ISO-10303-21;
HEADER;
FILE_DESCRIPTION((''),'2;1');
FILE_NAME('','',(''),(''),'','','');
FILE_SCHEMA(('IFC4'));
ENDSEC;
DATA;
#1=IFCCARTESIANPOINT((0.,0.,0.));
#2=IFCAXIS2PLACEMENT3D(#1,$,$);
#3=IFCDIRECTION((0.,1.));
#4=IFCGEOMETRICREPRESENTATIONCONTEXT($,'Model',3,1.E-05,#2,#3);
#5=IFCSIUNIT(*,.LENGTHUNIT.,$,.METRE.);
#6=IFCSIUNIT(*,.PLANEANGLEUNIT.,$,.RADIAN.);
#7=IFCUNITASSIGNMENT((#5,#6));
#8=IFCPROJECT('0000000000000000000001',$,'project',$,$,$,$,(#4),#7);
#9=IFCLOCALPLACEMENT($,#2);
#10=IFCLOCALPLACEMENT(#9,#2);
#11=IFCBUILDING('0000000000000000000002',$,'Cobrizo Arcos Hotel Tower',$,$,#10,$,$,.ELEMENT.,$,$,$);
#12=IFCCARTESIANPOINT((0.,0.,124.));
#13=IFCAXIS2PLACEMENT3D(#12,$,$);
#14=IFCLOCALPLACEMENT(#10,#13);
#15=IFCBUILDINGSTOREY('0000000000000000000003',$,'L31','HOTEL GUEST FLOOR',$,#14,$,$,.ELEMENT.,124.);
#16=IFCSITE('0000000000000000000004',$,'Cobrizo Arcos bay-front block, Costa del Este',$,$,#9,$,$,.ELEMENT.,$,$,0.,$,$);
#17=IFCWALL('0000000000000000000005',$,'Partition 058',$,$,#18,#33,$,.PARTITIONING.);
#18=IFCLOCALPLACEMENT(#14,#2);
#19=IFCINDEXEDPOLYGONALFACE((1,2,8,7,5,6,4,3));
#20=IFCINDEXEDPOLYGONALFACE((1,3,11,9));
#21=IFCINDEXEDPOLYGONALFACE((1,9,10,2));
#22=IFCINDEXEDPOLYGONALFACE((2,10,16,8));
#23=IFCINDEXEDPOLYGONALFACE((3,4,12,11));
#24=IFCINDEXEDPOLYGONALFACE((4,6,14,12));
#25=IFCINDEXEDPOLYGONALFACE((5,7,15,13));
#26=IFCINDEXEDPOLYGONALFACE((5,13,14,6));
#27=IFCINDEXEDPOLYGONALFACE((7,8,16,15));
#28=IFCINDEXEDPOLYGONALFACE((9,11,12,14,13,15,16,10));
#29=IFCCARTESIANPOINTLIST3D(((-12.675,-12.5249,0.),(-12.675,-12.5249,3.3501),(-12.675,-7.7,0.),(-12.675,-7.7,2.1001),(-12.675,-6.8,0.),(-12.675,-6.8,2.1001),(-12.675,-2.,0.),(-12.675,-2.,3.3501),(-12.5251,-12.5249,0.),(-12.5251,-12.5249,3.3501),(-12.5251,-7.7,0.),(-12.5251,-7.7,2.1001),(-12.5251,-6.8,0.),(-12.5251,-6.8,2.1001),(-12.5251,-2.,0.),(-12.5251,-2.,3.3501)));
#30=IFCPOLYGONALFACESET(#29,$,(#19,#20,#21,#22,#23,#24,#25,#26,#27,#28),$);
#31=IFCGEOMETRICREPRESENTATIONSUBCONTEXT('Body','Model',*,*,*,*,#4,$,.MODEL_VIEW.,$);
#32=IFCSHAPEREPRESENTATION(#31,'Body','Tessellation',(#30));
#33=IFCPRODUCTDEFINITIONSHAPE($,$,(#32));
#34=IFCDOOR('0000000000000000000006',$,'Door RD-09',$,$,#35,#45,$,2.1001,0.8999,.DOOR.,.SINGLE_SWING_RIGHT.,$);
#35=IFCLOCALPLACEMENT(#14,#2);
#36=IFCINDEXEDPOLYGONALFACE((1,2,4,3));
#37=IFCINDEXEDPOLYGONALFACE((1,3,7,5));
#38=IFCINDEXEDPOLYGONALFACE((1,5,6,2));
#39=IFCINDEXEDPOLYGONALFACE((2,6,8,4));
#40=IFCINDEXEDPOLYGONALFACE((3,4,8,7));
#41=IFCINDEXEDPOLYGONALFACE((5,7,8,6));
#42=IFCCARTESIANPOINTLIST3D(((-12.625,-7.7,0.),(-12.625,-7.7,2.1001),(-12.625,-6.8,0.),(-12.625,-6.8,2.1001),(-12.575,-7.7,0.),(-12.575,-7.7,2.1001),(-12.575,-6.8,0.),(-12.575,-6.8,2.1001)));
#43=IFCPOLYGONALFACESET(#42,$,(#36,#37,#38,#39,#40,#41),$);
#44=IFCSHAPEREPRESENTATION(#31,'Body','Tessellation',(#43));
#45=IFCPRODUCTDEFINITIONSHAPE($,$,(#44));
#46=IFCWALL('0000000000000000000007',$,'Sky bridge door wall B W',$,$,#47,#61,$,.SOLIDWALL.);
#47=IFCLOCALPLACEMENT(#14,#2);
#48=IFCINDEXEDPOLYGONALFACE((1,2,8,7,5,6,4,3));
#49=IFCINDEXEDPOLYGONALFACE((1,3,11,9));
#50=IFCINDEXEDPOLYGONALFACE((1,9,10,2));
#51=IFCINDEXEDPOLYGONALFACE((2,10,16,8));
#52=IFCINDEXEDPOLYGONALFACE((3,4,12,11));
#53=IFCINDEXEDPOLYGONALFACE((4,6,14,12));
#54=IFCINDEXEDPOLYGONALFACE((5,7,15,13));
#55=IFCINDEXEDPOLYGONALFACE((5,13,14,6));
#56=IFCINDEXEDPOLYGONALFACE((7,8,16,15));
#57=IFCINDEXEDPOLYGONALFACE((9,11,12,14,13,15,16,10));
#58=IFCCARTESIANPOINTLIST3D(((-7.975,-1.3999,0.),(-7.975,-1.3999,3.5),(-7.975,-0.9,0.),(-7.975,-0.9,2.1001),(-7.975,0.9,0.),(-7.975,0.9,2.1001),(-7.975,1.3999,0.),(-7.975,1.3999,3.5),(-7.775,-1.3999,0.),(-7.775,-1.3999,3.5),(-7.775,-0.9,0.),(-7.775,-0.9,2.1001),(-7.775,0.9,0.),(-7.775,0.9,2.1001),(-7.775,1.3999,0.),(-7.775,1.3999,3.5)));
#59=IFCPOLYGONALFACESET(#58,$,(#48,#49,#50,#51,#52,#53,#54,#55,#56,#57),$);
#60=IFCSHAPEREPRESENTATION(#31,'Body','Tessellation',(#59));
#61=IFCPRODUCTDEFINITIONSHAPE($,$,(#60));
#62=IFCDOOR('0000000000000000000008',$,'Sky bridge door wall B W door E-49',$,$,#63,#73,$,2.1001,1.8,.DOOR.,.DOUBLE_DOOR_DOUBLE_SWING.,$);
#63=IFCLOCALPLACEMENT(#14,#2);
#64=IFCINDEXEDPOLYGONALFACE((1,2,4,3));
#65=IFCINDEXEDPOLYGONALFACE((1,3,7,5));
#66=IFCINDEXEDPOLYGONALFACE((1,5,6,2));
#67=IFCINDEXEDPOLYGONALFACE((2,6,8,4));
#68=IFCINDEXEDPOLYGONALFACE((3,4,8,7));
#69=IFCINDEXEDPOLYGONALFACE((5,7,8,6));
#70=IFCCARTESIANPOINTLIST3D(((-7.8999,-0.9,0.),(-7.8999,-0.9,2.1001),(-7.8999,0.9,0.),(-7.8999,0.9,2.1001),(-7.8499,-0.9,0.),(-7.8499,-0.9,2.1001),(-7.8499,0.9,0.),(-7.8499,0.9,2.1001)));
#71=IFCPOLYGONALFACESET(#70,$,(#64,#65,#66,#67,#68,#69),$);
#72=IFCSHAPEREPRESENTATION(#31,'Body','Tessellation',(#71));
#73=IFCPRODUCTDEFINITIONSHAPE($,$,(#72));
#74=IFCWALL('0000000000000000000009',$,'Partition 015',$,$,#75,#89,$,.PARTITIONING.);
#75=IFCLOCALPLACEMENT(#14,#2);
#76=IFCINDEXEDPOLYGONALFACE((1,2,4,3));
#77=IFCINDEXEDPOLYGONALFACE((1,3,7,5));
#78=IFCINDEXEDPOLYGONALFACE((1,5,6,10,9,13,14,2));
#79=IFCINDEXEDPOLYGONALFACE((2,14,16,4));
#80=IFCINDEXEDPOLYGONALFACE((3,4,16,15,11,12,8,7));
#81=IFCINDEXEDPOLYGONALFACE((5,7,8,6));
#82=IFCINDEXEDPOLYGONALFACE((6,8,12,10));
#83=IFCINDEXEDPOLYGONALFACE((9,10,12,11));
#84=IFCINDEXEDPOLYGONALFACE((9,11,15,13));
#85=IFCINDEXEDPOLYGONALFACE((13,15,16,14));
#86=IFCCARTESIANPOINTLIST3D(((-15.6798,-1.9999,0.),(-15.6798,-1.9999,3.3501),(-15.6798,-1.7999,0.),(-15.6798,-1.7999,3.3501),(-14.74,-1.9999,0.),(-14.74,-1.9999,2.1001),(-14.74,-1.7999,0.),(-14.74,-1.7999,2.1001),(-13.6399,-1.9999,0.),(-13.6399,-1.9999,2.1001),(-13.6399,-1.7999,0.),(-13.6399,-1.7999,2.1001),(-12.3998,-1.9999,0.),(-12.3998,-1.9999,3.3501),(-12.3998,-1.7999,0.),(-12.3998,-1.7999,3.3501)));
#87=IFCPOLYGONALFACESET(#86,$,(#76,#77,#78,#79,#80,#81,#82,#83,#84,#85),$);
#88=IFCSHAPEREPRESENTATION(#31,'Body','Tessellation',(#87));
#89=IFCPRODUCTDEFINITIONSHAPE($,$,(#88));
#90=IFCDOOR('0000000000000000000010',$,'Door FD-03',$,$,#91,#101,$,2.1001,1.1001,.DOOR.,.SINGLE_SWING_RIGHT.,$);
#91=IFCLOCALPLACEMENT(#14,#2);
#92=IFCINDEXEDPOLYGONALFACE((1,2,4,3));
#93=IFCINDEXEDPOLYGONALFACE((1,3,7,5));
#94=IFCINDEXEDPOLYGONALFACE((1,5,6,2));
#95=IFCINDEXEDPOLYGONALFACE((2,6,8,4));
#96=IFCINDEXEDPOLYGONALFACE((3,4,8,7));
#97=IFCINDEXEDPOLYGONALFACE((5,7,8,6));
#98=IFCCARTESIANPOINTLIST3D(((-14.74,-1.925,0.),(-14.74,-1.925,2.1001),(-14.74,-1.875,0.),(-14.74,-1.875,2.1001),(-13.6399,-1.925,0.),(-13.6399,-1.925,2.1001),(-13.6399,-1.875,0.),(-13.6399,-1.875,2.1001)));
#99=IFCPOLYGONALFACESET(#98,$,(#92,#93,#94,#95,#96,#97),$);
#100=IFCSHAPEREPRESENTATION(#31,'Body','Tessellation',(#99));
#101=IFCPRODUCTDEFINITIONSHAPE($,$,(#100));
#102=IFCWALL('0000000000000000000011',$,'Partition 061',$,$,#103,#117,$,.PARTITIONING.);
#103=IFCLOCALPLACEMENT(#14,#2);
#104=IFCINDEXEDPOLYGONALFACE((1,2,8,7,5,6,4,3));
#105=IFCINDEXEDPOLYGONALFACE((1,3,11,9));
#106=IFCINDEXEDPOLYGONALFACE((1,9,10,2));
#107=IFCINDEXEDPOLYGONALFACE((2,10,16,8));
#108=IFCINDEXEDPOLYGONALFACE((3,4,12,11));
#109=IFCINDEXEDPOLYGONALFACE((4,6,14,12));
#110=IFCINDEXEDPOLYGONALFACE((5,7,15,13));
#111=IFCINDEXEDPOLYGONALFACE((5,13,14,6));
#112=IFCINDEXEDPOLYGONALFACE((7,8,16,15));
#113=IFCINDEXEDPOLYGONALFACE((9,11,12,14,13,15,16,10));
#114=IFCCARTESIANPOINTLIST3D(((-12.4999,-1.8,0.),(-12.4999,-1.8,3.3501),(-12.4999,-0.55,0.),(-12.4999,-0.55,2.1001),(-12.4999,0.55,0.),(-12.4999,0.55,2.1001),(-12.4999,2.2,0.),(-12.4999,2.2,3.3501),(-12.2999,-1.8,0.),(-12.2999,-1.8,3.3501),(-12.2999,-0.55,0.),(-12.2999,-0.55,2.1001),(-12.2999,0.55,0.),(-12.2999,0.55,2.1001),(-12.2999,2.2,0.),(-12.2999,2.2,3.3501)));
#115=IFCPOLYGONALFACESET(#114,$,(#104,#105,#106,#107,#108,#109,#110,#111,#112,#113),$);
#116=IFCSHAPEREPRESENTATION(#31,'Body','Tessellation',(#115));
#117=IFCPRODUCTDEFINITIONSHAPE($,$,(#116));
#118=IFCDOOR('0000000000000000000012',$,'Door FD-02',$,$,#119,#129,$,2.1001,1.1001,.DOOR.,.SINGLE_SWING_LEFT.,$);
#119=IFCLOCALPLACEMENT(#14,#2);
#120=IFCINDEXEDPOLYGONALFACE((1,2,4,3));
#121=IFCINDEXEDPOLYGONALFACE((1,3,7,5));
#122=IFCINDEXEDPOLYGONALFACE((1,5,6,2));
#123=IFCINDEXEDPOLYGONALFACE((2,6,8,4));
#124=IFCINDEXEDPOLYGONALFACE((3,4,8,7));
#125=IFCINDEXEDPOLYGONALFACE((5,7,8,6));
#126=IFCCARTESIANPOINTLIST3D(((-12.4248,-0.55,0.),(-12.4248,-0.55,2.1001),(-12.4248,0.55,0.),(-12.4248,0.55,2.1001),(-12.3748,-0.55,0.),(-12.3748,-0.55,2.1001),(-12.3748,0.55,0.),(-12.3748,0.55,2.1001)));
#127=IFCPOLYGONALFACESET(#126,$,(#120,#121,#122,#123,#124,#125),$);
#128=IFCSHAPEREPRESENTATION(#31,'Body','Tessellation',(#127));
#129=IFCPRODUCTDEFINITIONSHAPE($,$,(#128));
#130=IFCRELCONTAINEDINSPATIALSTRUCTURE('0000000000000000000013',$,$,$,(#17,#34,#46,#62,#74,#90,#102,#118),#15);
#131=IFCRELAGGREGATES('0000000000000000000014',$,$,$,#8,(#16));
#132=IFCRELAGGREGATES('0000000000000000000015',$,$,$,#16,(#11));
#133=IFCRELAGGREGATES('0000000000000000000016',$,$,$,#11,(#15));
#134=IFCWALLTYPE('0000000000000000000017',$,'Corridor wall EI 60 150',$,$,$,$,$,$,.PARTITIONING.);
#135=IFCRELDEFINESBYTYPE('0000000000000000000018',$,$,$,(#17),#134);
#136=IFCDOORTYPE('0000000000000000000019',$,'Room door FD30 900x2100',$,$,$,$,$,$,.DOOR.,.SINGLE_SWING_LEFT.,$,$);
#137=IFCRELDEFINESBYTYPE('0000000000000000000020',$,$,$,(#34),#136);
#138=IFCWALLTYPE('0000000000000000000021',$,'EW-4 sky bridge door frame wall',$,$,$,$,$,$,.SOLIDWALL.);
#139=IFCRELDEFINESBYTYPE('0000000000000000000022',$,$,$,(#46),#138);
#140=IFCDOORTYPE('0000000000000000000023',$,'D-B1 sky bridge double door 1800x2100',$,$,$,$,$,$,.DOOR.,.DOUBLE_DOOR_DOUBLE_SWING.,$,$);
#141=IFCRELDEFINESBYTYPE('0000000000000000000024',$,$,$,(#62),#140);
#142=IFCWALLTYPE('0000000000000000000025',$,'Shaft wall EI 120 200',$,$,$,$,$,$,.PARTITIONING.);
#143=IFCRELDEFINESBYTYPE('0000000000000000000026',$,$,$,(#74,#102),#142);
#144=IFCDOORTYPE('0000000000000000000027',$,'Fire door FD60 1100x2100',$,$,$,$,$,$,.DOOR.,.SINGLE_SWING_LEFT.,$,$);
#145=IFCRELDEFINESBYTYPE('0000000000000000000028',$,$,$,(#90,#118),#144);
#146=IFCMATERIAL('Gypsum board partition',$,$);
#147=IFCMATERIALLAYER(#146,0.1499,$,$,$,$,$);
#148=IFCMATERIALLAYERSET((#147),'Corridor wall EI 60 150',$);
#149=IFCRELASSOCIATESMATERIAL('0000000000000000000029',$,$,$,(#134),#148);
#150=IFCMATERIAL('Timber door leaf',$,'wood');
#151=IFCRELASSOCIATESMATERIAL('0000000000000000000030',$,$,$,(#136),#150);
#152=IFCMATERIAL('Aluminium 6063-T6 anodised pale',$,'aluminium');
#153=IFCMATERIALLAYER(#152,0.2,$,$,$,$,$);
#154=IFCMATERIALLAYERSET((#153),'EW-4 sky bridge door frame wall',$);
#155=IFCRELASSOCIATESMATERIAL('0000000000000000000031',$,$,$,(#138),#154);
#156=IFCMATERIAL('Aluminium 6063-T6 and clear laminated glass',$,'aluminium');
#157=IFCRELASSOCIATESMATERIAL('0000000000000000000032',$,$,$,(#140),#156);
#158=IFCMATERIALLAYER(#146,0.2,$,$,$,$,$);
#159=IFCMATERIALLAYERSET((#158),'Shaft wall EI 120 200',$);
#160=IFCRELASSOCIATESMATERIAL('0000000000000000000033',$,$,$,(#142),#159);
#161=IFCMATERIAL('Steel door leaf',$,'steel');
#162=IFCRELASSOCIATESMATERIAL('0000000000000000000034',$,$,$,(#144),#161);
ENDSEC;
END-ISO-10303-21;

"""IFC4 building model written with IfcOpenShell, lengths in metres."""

from ifc_helpers import new_model, si_unit, direction, frame, frame_2d, origin, place, context, subcontext, project, spatial, rectangle, extrude, material, layer, layer_set, type_object, element, fill, save


model = new_model("IFC4")

# Units and contexts
model_context = context("Model", 3, precision=1e-05, world=origin(), true_north=direction((0.0, 1.0)))
body_context = subcontext(model_context, "Body", "Model", "MODEL_VIEW")
ifc_project = project(units=[si_unit("LENGTHUNIT", "METRE"), si_unit("PLANEANGLEUNIT", "RADIAN")], contexts=[model_context])

# Site, building, storey
site_placement = place(None, origin())
site = spatial("IfcSite", under=ifc_project, at=site_placement, Name="Cobrizo Arcos bay-front block, Costa del Este", CompositionType="ELEMENT", RefElevation=0.0)
building_placement = place(site_placement, origin())
building = spatial("IfcBuilding", under=site, at=building_placement, Name="Cobrizo Arcos Hotel Tower", CompositionType="ELEMENT")
storey_placement = place(building_placement, frame((0.0, 0.0, 124.0)))
storey = spatial("IfcBuildingStorey", under=building, at=storey_placement, Name="L31", Description="HOTEL GUEST FLOOR", CompositionType="ELEMENT", Elevation=124.0)

# Shared definitions
ifc_material_1 = material(Name="Gypsum board partition")
ifc_layer_1 = layer(ifc_material_1, 0.1499)
ifc_layer_set_1 = layer_set([ifc_layer_1], Name="Corridor wall EI 60 150")
wall_type_1 = type_object("IfcWallType", Name="Corridor wall EI 60 150", PredefinedType="PARTITIONING", material=ifc_layer_set_1)

# Walls, openings, doors
wall_1_placement = place(storey_placement, frame((-12.6001, -12.5249, 0.0), z_axis=(0.0, 0.0, 1.0), x_axis=(0.0, 1.0, 0.0)))
wall_1 = element("IfcWall", 1, at=wall_1_placement, inside=storey, type_object=wall_type_1, Name="Partition 058", PredefinedType="PARTITIONING", context=body_context, shape_type="SweptSolid", body=[
    extrude(rectangle(XDim=10.5249, YDim=0.1499, at=frame_2d((5.2625, 0.0))), origin(), (0.0, 0.0, 1.0), 3.3501),
])
opening_1_placement = place(wall_1_placement, frame((4.825, 0.0, 0.0)))
opening_1 = element("IfcOpeningElement", 2, at=opening_1_placement, cuts=wall_1, PredefinedType="OPENING", context=body_context, shape_type="SweptSolid", body=[
    extrude(rectangle(XDim=0.8999, YDim=2.1001, at=frame_2d((0.45, 1.05))), frame((0.0, 0.0869, 0.0), z_axis=(0.0, -1.0, 0.0), x_axis=(1.0, 0.0, 0.0)), (0.0, 0.0, 1.0), 0.1738),
])
ifc_material_2 = material(Name="Timber door leaf", Category="wood")
door_type_1 = type_object("IfcDoorType", Name="Room door FD30 900x2100", OperationType="SINGLE_SWING_LEFT", PredefinedType="DOOR", material=ifc_material_2)
door_1_placement = place(opening_1_placement, origin())
door_1 = element("IfcDoor", 3, at=door_1_placement, inside=storey, type_object=door_type_1, Name="Door RD-09", OperationType="SINGLE_SWING_RIGHT", OverallHeight=2.1001, OverallWidth=0.8999, PredefinedType="DOOR", context=body_context, shape_type="SweptSolid", body=[
    extrude(rectangle(XDim=0.8999, YDim=2.1001, at=frame_2d((0.45, 1.05))), frame((0.0, 0.0249, 0.0), z_axis=(0.0, -1.0, 0.0), x_axis=(1.0, 0.0, 0.0)), (0.0, 0.0, 1.0), 0.05),
])
fill(opening_1, door_1)
ifc_material_3 = material(Name="Aluminium 6063-T6 anodised pale", Category="aluminium")
ifc_layer_2 = layer(ifc_material_3, 0.2)
ifc_layer_set_2 = layer_set([ifc_layer_2], Name="EW-4 sky bridge door frame wall")
wall_type_2 = type_object("IfcWallType", Name="EW-4 sky bridge door frame wall", PredefinedType="SOLIDWALL", material=ifc_layer_set_2)
wall_2_placement = place(storey_placement, frame((-7.875, -1.3999, 0.0), z_axis=(0.0, 0.0, 1.0), x_axis=(0.0, 1.0, 0.0)))
wall_2 = element("IfcWall", 4, at=wall_2_placement, inside=storey, type_object=wall_type_2, Name="Sky bridge door wall B W", PredefinedType="SOLIDWALL", context=body_context, shape_type="SweptSolid", body=[
    extrude(rectangle(XDim=2.7998, YDim=0.2, at=frame_2d((1.3999, 0.0))), origin(), (0.0, 0.0, 1.0), 3.5),
])
opening_2_placement = place(wall_2_placement, frame((0.5, 0.0, 0.0)))
opening_2 = element("IfcOpeningElement", 5, at=opening_2_placement, cuts=wall_2, PredefinedType="OPENING", context=body_context, shape_type="SweptSolid", body=[
    extrude(rectangle(XDim=1.8, YDim=2.1001, at=frame_2d((0.8999, 1.05))), frame((0.0, 0.1121, 0.0), z_axis=(0.0, -1.0, 0.0), x_axis=(1.0, 0.0, 0.0)), (0.0, 0.0, 1.0), 0.2239),
])
ifc_material_4 = material(Name="Aluminium 6063-T6 and clear laminated glass", Category="aluminium")
door_type_2 = type_object("IfcDoorType", Name="D-B1 sky bridge double door 1800x2100", OperationType="DOUBLE_DOOR_DOUBLE_SWING", PredefinedType="DOOR", material=ifc_material_4)
door_2_placement = place(opening_2_placement, origin())
door_2 = element("IfcDoor", 6, at=door_2_placement, inside=storey, type_object=door_type_2, Name="Sky bridge door wall B W door E-49", OperationType="DOUBLE_DOOR_DOUBLE_SWING", OverallHeight=2.1001, OverallWidth=1.8, PredefinedType="DOOR", context=body_context, shape_type="SweptSolid", body=[
    extrude(rectangle(XDim=1.8, YDim=2.1001, at=frame_2d((0.8999, 1.05))), frame((0.0, 0.0249, 0.0), z_axis=(0.0, -1.0, 0.0), x_axis=(1.0, 0.0, 0.0)), (0.0, 0.0, 1.0), 0.05),
])
fill(opening_2, door_2)
ifc_layer_3 = layer(ifc_material_1, 0.2)
ifc_layer_set_3 = layer_set([ifc_layer_3], Name="Shaft wall EI 120 200")
wall_type_3 = type_object("IfcWallType", Name="Shaft wall EI 120 200", PredefinedType="PARTITIONING", material=ifc_layer_set_3)
wall_3_placement = place(storey_placement, frame((-15.6799, -1.8999, 0.0), z_axis=(0.0, 0.0, 1.0), x_axis=(1.0, 0.0, 0.0)))
wall_3 = element("IfcWall", 7, at=wall_3_placement, inside=storey, type_object=wall_type_3, Name="Partition 015", PredefinedType="PARTITIONING", context=body_context, shape_type="SweptSolid", body=[
    extrude(rectangle(XDim=3.28, YDim=0.2, at=frame_2d((1.6401, 0.0))), origin(), (0.0, 0.0, 1.0), 3.3501),
])
opening_3_placement = place(wall_3_placement, frame((0.9399, 0.0, 0.0)))
opening_3 = element("IfcOpeningElement", 8, at=opening_3_placement, cuts=wall_3, PredefinedType="OPENING", context=body_context, shape_type="SweptSolid", body=[
    extrude(rectangle(XDim=1.1001, YDim=2.1001, at=frame_2d((0.55, 1.05))), frame((0.0, 0.1121, 0.0), z_axis=(0.0, -1.0, 0.0), x_axis=(1.0, 0.0, 0.0)), (0.0, 0.0, 1.0), 0.2239),
])
ifc_material_5 = material(Name="Steel door leaf", Category="steel")
door_type_3 = type_object("IfcDoorType", Name="Fire door FD60 1100x2100", OperationType="SINGLE_SWING_LEFT", PredefinedType="DOOR", material=ifc_material_5)
door_3_placement = place(opening_3_placement, origin())
door_3 = element("IfcDoor", 9, at=door_3_placement, inside=storey, type_object=door_type_3, Name="Door FD-03", OperationType="SINGLE_SWING_RIGHT", OverallHeight=2.1001, OverallWidth=1.1001, PredefinedType="DOOR", context=body_context, shape_type="SweptSolid", body=[
    extrude(rectangle(XDim=1.1001, YDim=2.1001, at=frame_2d((0.55, 1.05))), frame((0.0, 0.0249, 0.0), z_axis=(0.0, -1.0, 0.0), x_axis=(1.0, 0.0, 0.0)), (0.0, 0.0, 1.0), 0.05),
])
fill(opening_3, door_3)
wall_4_placement = place(storey_placement, frame((-12.3999, -1.8, 0.0), z_axis=(0.0, 0.0, 1.0), x_axis=(0.0, 1.0, 0.0)))
wall_4 = element("IfcWall", 10, at=wall_4_placement, inside=storey, type_object=wall_type_3, Name="Partition 061", PredefinedType="PARTITIONING", context=body_context, shape_type="SweptSolid", body=[
    extrude(rectangle(XDim=4.0, YDim=0.2, at=frame_2d((2.0, 0.0))), origin(), (0.0, 0.0, 1.0), 3.3501),
])
opening_4_placement = place(wall_4_placement, frame((1.25, 0.0, 0.0)))
opening_4 = element("IfcOpeningElement", 11, at=opening_4_placement, cuts=wall_4, PredefinedType="OPENING", context=body_context, shape_type="SweptSolid", body=[
    extrude(rectangle(XDim=1.1001, YDim=2.1001, at=frame_2d((0.55, 1.05))), frame((0.0, 0.1121, 0.0), z_axis=(0.0, -1.0, 0.0), x_axis=(1.0, 0.0, 0.0)), (0.0, 0.0, 1.0), 0.2239),
])
door_4_placement = place(opening_4_placement, origin())
door_4 = element("IfcDoor", 12, at=door_4_placement, inside=storey, type_object=door_type_3, Name="Door FD-02", OperationType="SINGLE_SWING_LEFT", OverallHeight=2.1001, OverallWidth=1.1001, PredefinedType="DOOR", context=body_context, shape_type="SweptSolid", body=[
    extrude(rectangle(XDim=1.1001, YDim=2.1001, at=frame_2d((0.55, 1.05))), frame((0.0, 0.0249, 0.0), z_axis=(0.0, -1.0, 0.0), x_axis=(1.0, 0.0, 0.0)), (0.0, 0.0, 1.0), 0.05),
])
fill(opening_4, door_4)

save(model, "model.ifc")
